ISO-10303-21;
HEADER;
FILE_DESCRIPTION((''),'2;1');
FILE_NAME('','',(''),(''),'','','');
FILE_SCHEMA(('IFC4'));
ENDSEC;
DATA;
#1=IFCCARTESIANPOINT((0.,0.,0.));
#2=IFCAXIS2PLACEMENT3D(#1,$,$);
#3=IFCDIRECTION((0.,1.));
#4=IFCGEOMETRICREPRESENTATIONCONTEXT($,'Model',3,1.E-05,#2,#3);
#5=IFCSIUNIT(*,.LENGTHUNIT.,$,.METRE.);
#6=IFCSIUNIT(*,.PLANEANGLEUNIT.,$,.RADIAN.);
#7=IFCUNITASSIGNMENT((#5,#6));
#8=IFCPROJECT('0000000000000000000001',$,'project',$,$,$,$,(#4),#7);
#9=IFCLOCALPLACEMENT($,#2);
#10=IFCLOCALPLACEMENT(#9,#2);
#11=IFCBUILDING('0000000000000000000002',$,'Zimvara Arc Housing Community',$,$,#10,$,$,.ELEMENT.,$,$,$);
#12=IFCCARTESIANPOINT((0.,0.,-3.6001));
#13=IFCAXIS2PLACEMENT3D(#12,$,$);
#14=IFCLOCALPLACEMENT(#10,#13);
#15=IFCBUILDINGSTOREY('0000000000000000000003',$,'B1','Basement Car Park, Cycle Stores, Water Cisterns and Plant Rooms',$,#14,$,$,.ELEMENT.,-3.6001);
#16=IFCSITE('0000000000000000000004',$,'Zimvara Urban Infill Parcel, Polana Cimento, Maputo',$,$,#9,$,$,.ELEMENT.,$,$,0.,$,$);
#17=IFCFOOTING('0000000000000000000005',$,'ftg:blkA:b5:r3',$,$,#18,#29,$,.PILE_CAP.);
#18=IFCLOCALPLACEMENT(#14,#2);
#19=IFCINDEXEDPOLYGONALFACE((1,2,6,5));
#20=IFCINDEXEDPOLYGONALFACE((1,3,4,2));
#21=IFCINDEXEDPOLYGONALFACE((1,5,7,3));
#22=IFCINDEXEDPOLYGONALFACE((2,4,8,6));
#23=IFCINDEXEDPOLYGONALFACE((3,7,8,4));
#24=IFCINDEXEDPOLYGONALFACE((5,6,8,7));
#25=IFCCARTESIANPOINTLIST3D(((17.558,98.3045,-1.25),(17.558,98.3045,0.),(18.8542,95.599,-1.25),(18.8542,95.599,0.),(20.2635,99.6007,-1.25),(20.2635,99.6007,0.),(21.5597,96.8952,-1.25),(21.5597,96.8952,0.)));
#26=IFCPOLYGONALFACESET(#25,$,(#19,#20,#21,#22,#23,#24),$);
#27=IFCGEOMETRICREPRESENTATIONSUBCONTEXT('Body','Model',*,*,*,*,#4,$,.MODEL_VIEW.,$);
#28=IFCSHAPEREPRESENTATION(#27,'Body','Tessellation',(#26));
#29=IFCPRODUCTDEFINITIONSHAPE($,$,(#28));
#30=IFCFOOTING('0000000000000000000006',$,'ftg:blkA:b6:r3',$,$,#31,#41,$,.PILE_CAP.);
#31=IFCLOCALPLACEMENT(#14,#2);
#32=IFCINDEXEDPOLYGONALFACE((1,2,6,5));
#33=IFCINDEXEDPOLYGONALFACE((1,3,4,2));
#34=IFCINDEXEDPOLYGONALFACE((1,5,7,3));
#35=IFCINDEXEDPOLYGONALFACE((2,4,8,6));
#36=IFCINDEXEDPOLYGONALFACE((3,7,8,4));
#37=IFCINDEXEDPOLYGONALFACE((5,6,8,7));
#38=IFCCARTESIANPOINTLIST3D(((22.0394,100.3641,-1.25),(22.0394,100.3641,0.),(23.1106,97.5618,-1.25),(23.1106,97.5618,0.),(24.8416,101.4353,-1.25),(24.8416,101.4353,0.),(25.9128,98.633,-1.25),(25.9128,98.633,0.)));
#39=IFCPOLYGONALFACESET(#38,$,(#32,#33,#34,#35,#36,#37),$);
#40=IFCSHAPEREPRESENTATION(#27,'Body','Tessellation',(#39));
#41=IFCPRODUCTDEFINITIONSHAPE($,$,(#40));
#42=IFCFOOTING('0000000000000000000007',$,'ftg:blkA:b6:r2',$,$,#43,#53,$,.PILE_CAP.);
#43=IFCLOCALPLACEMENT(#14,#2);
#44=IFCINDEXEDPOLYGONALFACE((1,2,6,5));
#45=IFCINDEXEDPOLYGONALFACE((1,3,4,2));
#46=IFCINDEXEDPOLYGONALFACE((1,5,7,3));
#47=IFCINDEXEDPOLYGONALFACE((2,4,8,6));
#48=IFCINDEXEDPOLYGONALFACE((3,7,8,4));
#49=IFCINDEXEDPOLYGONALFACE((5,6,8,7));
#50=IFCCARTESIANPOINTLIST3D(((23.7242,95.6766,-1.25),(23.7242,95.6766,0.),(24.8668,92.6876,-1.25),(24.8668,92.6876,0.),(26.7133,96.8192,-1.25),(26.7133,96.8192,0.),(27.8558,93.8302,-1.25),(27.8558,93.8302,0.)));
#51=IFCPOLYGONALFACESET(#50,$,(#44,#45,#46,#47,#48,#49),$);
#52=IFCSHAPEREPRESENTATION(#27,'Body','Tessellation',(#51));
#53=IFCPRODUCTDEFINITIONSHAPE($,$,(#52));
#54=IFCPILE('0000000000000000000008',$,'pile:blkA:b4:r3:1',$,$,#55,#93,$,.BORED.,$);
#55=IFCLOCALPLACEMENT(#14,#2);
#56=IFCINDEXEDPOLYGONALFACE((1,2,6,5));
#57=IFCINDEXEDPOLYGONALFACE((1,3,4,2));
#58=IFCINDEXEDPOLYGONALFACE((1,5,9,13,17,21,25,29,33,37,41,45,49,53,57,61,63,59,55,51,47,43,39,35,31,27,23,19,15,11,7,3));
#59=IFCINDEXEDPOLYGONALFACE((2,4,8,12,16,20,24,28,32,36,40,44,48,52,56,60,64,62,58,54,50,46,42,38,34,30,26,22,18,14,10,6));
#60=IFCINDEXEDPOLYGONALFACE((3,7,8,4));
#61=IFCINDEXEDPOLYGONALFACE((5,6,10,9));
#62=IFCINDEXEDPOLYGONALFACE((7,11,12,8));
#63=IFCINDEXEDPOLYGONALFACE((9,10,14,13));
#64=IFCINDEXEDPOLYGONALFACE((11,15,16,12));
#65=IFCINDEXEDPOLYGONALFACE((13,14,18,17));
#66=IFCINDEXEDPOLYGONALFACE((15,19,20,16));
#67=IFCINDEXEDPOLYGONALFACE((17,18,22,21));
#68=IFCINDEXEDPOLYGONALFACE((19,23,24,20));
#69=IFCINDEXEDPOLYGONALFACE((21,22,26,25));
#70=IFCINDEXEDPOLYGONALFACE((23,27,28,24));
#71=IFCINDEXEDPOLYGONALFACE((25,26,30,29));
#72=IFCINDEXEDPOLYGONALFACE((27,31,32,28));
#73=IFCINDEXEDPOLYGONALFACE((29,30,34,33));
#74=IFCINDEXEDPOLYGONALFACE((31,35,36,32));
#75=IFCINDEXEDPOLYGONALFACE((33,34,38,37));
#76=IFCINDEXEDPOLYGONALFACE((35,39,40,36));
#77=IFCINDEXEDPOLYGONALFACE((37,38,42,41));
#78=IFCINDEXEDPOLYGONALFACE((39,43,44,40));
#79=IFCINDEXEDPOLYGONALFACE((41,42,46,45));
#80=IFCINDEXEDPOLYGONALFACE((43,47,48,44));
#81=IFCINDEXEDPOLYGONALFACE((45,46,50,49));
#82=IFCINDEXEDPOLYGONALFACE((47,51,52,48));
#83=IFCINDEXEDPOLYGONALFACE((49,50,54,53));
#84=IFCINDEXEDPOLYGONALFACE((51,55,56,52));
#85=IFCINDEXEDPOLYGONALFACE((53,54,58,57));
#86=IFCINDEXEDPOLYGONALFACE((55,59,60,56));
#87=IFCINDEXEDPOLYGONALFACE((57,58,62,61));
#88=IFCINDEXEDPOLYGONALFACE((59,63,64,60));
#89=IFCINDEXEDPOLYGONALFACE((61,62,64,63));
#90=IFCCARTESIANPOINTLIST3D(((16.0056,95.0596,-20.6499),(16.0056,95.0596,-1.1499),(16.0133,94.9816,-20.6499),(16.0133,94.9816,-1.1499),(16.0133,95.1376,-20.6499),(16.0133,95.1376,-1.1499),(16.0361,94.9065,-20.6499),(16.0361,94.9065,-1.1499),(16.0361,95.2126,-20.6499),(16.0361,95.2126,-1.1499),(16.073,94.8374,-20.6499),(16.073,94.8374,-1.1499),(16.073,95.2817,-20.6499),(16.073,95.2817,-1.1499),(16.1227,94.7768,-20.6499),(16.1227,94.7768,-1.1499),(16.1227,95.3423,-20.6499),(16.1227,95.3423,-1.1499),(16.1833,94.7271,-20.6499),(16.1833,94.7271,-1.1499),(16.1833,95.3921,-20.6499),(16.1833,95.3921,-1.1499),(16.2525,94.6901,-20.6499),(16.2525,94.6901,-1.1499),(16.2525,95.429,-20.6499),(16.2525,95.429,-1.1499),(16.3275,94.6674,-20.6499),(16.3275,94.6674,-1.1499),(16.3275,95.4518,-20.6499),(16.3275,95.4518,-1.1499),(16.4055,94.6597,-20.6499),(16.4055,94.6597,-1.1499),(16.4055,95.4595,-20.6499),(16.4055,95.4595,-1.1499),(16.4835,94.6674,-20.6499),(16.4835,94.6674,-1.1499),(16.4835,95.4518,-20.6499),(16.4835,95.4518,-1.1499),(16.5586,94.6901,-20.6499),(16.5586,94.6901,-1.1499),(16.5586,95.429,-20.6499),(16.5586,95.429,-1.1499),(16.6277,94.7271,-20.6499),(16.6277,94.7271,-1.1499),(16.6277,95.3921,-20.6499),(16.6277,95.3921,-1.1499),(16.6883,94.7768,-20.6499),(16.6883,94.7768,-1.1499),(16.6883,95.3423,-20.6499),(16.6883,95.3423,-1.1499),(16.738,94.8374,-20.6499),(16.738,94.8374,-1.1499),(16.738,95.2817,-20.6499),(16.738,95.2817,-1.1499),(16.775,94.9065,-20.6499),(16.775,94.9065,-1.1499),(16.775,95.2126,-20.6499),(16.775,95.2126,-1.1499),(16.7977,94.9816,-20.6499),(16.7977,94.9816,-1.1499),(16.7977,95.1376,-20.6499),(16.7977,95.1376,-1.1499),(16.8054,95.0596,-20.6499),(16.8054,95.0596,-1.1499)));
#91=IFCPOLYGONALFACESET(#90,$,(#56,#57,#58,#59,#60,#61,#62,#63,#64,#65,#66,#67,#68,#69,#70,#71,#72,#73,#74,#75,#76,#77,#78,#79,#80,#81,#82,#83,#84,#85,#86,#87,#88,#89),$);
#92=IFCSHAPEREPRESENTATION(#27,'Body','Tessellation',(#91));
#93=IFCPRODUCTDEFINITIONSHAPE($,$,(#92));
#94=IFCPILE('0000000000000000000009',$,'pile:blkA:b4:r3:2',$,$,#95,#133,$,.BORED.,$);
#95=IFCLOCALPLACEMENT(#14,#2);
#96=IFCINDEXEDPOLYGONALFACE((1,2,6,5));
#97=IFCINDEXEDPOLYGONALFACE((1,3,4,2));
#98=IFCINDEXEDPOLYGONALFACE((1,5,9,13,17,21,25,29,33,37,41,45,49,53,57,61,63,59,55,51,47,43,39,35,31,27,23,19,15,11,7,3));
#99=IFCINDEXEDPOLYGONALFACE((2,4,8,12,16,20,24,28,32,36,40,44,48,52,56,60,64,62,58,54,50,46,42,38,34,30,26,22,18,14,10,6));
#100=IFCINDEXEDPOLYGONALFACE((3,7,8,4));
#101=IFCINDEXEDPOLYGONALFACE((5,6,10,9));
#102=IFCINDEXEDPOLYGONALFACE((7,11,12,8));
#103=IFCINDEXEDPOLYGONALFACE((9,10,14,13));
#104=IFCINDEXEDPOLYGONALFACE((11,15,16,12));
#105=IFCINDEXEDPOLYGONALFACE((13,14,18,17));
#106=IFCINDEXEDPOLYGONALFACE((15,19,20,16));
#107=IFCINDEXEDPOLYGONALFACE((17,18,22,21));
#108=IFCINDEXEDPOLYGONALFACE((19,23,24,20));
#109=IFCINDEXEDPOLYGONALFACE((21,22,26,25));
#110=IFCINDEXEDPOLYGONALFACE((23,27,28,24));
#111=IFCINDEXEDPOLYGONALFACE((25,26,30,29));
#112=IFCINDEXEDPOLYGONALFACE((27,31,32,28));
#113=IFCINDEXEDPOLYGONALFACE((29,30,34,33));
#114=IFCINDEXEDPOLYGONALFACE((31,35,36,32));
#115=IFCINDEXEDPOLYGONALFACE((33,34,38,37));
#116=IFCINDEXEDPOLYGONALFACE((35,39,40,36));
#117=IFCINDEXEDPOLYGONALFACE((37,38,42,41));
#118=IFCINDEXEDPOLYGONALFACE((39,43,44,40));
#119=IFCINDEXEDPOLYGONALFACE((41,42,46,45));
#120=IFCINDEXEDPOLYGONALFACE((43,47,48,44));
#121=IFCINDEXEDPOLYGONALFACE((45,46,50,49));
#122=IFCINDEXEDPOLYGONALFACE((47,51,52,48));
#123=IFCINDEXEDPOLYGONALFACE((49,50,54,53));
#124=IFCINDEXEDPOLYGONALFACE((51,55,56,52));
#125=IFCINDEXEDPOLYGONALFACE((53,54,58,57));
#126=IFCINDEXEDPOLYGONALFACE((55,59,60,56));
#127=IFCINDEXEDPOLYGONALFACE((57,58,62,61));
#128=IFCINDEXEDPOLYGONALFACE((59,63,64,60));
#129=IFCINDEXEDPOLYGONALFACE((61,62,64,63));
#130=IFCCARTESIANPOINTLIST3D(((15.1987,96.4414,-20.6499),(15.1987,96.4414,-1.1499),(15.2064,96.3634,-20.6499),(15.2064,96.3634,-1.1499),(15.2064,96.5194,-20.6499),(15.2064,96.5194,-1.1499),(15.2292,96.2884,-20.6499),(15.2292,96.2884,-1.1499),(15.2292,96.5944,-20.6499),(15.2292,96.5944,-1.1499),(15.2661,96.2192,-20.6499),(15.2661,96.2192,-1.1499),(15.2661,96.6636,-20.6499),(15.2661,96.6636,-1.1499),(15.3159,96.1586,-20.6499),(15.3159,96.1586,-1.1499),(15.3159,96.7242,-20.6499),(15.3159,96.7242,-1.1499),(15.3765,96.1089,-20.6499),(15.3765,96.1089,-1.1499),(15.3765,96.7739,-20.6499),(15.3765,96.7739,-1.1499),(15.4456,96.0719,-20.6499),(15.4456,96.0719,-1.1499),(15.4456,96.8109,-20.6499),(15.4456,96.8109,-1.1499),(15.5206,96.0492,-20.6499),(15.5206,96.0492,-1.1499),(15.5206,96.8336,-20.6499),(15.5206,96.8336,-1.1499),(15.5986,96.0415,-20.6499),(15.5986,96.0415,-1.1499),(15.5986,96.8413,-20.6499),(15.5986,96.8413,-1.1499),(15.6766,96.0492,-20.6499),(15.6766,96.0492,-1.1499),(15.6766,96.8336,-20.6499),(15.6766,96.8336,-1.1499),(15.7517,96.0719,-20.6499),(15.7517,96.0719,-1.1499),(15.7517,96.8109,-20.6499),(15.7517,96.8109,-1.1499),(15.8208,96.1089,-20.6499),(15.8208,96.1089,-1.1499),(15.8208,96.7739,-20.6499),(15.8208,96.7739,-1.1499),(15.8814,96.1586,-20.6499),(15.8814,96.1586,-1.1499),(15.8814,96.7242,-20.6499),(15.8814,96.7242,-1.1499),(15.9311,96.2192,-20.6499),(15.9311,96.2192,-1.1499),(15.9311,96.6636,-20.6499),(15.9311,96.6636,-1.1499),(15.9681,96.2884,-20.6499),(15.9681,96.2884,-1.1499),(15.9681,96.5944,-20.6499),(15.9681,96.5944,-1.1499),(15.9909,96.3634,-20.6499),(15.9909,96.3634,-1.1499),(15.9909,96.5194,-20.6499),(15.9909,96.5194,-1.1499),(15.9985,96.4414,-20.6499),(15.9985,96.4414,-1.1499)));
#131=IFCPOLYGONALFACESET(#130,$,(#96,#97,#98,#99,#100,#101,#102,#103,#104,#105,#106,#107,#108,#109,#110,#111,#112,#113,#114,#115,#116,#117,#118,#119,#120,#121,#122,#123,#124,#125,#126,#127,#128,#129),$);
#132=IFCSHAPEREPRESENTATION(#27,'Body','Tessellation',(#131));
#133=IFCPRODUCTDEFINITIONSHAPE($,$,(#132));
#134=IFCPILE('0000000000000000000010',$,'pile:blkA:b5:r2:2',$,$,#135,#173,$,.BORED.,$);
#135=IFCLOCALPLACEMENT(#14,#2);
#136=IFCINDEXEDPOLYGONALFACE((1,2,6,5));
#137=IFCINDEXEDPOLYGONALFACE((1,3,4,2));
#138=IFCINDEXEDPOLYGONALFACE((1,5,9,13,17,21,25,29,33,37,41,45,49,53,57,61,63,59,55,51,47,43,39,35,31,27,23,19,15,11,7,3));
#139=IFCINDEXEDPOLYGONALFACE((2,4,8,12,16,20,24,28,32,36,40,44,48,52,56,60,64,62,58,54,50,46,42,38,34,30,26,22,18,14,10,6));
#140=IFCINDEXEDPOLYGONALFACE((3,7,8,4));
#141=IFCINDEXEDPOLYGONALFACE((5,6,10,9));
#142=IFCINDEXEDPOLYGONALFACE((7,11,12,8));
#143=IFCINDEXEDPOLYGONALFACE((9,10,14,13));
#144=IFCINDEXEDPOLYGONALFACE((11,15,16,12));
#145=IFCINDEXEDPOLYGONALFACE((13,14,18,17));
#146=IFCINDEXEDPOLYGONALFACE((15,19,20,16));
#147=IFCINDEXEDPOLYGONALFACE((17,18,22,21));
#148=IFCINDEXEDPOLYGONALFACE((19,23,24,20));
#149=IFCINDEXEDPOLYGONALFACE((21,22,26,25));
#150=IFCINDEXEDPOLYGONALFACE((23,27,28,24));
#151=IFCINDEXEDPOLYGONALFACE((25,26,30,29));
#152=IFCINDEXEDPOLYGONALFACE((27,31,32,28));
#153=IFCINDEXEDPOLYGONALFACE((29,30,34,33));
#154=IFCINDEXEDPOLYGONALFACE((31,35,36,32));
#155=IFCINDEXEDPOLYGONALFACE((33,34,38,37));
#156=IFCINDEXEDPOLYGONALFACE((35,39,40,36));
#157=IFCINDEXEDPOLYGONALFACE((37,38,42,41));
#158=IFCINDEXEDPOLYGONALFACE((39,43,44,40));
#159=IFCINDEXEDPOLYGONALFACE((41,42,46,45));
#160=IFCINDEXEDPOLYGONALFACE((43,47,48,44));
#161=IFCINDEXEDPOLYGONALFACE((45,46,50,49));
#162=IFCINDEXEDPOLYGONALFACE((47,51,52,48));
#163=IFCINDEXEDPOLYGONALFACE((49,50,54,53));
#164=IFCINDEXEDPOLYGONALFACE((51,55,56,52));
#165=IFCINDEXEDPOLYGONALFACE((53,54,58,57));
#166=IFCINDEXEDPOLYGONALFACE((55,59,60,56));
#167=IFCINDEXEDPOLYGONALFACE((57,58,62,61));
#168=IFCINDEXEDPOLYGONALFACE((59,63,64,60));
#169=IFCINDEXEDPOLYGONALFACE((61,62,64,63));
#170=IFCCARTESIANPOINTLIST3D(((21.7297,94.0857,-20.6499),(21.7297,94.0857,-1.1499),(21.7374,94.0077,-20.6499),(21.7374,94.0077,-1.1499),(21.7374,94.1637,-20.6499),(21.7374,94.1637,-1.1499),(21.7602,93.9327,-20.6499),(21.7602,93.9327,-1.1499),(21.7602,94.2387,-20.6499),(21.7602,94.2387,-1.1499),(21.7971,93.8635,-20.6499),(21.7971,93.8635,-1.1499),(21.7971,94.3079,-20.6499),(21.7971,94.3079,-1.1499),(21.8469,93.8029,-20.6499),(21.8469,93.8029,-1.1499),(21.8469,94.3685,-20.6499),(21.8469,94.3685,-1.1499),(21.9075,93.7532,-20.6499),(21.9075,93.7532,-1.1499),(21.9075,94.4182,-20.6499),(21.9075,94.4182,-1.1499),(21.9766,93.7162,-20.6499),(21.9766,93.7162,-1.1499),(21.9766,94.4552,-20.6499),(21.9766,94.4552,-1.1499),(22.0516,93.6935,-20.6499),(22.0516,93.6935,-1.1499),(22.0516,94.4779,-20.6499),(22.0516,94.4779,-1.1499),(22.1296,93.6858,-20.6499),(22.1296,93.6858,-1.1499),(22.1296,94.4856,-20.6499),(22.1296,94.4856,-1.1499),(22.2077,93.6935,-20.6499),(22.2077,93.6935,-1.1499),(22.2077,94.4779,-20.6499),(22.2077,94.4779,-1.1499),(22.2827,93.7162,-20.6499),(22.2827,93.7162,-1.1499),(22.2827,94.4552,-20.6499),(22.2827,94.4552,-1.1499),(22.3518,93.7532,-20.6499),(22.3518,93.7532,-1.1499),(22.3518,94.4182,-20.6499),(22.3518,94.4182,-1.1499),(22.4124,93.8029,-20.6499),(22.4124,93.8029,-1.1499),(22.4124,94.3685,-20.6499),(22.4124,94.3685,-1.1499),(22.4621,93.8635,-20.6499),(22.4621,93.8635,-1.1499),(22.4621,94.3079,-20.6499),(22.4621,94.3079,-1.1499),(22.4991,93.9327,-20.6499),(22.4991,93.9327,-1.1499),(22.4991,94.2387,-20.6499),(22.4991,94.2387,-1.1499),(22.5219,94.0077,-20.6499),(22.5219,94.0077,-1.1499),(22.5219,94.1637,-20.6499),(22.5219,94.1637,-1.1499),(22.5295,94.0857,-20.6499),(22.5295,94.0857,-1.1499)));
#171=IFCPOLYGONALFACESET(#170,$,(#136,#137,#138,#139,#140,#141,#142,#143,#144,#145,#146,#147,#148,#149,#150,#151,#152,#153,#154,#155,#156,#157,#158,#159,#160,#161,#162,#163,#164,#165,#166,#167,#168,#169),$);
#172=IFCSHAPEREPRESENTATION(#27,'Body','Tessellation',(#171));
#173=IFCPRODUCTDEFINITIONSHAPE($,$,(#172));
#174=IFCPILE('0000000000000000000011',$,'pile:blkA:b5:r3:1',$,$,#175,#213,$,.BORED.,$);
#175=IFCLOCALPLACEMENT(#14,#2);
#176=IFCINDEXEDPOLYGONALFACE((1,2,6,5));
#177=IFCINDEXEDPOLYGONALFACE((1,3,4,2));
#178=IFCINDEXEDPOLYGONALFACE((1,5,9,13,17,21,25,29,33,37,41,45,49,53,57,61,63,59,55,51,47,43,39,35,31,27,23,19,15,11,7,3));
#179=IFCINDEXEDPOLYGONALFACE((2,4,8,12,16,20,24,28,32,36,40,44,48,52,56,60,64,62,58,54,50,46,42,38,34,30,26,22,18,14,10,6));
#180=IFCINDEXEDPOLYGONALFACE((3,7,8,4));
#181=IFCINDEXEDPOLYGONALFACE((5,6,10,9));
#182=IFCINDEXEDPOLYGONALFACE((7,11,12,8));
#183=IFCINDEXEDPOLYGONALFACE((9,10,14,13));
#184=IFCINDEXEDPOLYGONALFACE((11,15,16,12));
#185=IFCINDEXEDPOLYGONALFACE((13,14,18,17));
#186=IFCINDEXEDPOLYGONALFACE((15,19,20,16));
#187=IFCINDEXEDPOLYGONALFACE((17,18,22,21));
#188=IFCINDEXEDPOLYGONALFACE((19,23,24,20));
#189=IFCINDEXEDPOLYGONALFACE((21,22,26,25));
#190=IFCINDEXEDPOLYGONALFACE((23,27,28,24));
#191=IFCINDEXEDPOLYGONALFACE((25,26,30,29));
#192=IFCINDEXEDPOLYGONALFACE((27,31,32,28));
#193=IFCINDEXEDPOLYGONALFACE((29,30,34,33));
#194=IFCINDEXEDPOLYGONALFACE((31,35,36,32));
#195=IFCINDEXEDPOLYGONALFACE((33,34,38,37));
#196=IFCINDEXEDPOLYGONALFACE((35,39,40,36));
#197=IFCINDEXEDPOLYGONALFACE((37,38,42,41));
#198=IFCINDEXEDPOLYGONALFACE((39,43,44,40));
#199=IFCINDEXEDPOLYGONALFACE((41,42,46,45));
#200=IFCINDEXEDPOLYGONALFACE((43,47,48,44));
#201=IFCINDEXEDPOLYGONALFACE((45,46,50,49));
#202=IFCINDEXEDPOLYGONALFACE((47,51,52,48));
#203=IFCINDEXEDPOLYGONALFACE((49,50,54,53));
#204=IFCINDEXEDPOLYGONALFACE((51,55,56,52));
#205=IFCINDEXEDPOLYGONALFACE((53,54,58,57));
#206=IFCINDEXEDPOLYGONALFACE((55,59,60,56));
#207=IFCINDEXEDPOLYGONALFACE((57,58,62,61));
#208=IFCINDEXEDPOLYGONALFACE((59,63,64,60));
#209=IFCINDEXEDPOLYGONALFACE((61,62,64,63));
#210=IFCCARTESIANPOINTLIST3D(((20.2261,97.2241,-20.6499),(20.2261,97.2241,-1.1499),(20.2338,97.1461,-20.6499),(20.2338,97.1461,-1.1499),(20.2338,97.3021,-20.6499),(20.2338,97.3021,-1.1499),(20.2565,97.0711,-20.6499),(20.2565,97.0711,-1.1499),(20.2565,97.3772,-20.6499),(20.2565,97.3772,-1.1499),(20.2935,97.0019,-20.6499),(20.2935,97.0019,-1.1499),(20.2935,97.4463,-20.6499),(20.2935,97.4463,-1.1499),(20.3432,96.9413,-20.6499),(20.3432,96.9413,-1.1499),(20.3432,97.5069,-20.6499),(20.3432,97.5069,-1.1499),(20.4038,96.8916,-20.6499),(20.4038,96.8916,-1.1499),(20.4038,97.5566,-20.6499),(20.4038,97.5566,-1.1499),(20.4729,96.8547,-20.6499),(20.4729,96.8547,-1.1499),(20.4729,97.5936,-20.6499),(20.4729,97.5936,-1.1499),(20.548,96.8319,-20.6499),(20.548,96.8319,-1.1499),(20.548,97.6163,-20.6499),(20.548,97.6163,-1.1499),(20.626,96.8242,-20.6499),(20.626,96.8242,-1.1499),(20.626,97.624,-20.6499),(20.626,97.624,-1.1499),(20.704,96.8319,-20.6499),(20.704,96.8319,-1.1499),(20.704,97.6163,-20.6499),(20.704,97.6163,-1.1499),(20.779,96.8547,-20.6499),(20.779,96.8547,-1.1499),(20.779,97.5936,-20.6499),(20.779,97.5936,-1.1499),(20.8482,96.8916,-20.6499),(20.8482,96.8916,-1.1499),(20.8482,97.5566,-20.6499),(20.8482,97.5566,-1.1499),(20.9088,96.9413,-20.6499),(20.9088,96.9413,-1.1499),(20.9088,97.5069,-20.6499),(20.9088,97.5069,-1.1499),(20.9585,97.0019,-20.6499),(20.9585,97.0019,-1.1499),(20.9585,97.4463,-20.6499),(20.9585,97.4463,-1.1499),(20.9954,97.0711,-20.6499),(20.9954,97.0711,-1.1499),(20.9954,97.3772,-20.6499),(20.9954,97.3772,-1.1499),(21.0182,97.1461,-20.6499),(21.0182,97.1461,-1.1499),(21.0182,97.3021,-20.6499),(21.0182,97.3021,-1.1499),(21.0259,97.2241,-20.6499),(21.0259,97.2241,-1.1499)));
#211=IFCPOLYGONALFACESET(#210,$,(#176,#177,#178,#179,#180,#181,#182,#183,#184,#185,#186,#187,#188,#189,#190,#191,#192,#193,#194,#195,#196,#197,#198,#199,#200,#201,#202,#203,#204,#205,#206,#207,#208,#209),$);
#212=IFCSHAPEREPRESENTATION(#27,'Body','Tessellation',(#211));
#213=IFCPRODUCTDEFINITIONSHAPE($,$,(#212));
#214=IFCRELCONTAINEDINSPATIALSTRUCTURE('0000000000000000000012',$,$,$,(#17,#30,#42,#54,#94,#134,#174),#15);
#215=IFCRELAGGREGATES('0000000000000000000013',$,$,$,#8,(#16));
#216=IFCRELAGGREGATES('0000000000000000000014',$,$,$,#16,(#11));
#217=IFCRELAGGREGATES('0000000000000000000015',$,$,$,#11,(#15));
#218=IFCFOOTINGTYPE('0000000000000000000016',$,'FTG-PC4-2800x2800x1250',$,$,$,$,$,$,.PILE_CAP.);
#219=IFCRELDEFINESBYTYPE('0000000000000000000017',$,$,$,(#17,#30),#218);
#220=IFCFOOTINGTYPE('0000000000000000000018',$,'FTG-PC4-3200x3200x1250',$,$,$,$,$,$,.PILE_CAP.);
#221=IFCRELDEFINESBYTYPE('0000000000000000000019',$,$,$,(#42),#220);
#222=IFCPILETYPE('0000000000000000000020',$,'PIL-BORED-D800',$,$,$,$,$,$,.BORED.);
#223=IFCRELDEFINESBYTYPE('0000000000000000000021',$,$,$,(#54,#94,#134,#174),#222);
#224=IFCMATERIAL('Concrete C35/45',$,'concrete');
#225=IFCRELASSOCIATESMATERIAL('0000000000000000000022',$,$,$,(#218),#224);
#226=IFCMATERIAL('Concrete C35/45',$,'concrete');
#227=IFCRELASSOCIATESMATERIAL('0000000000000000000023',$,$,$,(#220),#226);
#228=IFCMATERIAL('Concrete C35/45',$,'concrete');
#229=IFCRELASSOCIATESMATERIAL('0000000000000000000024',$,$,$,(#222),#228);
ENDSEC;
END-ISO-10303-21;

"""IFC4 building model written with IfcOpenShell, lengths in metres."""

from ifc_helpers import new_model, si_unit, direction, frame, origin, origin_2d, place, context, subcontext, project, spatial, rectangle, circle, extrude, material, material_profile, profile_set, type_object, element, save


model = new_model("IFC4")

# Units and contexts
model_context = context("Model", 3, precision=1e-05, world=origin(), true_north=direction((0.0, 1.0)))
body_context = subcontext(model_context, "Body", "Model", "MODEL_VIEW")
ifc_project = project(units=[si_unit("LENGTHUNIT", "METRE"), si_unit("PLANEANGLEUNIT", "RADIAN")], contexts=[model_context])

# Site, building, storey
site_placement = place(None, origin())
site = spatial("IfcSite", under=ifc_project, at=site_placement, Name="Zimvara Urban Infill Parcel, Polana Cimento, Maputo", CompositionType="ELEMENT", RefElevation=0.0)
building_placement = place(site_placement, origin())
building = spatial("IfcBuilding", under=site, at=building_placement, Name="Zimvara Arc Housing Community", CompositionType="ELEMENT")
storey_placement = place(building_placement, frame((0.0, 0.0, -3.6001)))
storey = spatial("IfcBuildingStorey", under=building, at=storey_placement, Name="B1", Description="Basement Car Park, Cycle Stores, Water Cisterns and Plant Rooms", CompositionType="ELEMENT", Elevation=-3.6001)

# Footings
ifc_material_1 = material(Name="Concrete C35/45", Category="concrete")
footing_type_1 = type_object("IfcFootingType", Name="FTG-PC4-2800x2800x1250", PredefinedType="PILE_CAP", material=ifc_material_1)
for number, where, z_axis, x_axis, name in (
    (1, (19.5588, 97.5999, -1.25), (0.0, 0.0, 1.0), (-0.432086, 0.901833, 0.0), "ftg:blkA:b5:r3"),
    (2, (23.9761, 99.4985, -1.25), (0.0, 0.0, 1.0), (-0.357064, 0.93408, 0.0), "ftg:blkA:b6:r3"),
):
    element("IfcFooting", number, at=place(storey_placement, frame(where, z_axis=z_axis, x_axis=x_axis)), inside=storey, type_object=footing_type_1, Name=name, PredefinedType="PILE_CAP", context=body_context, shape_type="SweptSolid", body=[
        extrude(rectangle(XDim=3.0, YDim=3.0, at=origin_2d()), origin(), (0.0, 0.0, 1.0), 1.25),
    ])
ifc_material_2 = material(Name="Concrete C35/45", Category="concrete")
footing_type_2 = type_object("IfcFootingType", Name="FTG-PC4-3200x3200x1250", PredefinedType="PILE_CAP", material=ifc_material_2)
footing_placement = place(storey_placement, frame((25.79, 94.7534, -1.25), z_axis=(0.0, 0.0, 1.0), x_axis=(-0.357064, 0.93408, 0.0)))
element("IfcFooting", 3, at=footing_placement, inside=storey, type_object=footing_type_2, Name="ftg:blkA:b6:r2", PredefinedType="PILE_CAP", context=body_context, shape_type="SweptSolid", body=[
    extrude(rectangle(XDim=3.2, YDim=3.2, at=origin_2d()), origin(), (0.0, 0.0, 1.0), 1.25),
])

# Piles
ifc_material_3 = material(Name="Concrete C35/45", Category="concrete")
ifc_material_profile_1 = material_profile(ifc_material_3, circle(Radius=0.3999, at=origin_2d()), Name="PILE D800")
ifc_profile_set_1 = profile_set([ifc_material_profile_1], Name="Concrete C35/45")
pile_type = type_object("IfcPileType", Name="PIL-BORED-D800", PredefinedType="BORED", material=ifc_profile_set_1)
for number, where, z_axis, x_axis, name in (
    (4, (16.4055, 95.0596, -1.1499), (0.0, 0.0, -1.0), (1.0, 0.0, 0.0), "pile:blkA:b4:r3:1"),
    (5, (15.5986, 96.4414, -1.1499), (0.0, 0.0, -1.0), (1.0, 0.0, 0.0), "pile:blkA:b4:r3:2"),
    (6, (22.1296, 94.0857, -1.1499), (0.0, 0.0, -1.0), (1.0, 0.0, 0.0), "pile:blkA:b5:r2:2"),
    (7, (20.626, 97.2241, -1.1499), (0.0, 0.0, -1.0), (1.0, 0.0, 0.0), "pile:blkA:b5:r3:1"),
):
    element("IfcPile", number, at=place(storey_placement, frame(where, z_axis=z_axis, x_axis=x_axis)), inside=storey, type_object=pile_type, Name=name, PredefinedType="BORED", context=body_context, shape_type="SweptSolid", body=[
        extrude(circle(Radius=0.3999, at=origin_2d()), origin(), (0.0, 0.0, 1.0), 19.5),
    ])

save(model, "model.ifc")
